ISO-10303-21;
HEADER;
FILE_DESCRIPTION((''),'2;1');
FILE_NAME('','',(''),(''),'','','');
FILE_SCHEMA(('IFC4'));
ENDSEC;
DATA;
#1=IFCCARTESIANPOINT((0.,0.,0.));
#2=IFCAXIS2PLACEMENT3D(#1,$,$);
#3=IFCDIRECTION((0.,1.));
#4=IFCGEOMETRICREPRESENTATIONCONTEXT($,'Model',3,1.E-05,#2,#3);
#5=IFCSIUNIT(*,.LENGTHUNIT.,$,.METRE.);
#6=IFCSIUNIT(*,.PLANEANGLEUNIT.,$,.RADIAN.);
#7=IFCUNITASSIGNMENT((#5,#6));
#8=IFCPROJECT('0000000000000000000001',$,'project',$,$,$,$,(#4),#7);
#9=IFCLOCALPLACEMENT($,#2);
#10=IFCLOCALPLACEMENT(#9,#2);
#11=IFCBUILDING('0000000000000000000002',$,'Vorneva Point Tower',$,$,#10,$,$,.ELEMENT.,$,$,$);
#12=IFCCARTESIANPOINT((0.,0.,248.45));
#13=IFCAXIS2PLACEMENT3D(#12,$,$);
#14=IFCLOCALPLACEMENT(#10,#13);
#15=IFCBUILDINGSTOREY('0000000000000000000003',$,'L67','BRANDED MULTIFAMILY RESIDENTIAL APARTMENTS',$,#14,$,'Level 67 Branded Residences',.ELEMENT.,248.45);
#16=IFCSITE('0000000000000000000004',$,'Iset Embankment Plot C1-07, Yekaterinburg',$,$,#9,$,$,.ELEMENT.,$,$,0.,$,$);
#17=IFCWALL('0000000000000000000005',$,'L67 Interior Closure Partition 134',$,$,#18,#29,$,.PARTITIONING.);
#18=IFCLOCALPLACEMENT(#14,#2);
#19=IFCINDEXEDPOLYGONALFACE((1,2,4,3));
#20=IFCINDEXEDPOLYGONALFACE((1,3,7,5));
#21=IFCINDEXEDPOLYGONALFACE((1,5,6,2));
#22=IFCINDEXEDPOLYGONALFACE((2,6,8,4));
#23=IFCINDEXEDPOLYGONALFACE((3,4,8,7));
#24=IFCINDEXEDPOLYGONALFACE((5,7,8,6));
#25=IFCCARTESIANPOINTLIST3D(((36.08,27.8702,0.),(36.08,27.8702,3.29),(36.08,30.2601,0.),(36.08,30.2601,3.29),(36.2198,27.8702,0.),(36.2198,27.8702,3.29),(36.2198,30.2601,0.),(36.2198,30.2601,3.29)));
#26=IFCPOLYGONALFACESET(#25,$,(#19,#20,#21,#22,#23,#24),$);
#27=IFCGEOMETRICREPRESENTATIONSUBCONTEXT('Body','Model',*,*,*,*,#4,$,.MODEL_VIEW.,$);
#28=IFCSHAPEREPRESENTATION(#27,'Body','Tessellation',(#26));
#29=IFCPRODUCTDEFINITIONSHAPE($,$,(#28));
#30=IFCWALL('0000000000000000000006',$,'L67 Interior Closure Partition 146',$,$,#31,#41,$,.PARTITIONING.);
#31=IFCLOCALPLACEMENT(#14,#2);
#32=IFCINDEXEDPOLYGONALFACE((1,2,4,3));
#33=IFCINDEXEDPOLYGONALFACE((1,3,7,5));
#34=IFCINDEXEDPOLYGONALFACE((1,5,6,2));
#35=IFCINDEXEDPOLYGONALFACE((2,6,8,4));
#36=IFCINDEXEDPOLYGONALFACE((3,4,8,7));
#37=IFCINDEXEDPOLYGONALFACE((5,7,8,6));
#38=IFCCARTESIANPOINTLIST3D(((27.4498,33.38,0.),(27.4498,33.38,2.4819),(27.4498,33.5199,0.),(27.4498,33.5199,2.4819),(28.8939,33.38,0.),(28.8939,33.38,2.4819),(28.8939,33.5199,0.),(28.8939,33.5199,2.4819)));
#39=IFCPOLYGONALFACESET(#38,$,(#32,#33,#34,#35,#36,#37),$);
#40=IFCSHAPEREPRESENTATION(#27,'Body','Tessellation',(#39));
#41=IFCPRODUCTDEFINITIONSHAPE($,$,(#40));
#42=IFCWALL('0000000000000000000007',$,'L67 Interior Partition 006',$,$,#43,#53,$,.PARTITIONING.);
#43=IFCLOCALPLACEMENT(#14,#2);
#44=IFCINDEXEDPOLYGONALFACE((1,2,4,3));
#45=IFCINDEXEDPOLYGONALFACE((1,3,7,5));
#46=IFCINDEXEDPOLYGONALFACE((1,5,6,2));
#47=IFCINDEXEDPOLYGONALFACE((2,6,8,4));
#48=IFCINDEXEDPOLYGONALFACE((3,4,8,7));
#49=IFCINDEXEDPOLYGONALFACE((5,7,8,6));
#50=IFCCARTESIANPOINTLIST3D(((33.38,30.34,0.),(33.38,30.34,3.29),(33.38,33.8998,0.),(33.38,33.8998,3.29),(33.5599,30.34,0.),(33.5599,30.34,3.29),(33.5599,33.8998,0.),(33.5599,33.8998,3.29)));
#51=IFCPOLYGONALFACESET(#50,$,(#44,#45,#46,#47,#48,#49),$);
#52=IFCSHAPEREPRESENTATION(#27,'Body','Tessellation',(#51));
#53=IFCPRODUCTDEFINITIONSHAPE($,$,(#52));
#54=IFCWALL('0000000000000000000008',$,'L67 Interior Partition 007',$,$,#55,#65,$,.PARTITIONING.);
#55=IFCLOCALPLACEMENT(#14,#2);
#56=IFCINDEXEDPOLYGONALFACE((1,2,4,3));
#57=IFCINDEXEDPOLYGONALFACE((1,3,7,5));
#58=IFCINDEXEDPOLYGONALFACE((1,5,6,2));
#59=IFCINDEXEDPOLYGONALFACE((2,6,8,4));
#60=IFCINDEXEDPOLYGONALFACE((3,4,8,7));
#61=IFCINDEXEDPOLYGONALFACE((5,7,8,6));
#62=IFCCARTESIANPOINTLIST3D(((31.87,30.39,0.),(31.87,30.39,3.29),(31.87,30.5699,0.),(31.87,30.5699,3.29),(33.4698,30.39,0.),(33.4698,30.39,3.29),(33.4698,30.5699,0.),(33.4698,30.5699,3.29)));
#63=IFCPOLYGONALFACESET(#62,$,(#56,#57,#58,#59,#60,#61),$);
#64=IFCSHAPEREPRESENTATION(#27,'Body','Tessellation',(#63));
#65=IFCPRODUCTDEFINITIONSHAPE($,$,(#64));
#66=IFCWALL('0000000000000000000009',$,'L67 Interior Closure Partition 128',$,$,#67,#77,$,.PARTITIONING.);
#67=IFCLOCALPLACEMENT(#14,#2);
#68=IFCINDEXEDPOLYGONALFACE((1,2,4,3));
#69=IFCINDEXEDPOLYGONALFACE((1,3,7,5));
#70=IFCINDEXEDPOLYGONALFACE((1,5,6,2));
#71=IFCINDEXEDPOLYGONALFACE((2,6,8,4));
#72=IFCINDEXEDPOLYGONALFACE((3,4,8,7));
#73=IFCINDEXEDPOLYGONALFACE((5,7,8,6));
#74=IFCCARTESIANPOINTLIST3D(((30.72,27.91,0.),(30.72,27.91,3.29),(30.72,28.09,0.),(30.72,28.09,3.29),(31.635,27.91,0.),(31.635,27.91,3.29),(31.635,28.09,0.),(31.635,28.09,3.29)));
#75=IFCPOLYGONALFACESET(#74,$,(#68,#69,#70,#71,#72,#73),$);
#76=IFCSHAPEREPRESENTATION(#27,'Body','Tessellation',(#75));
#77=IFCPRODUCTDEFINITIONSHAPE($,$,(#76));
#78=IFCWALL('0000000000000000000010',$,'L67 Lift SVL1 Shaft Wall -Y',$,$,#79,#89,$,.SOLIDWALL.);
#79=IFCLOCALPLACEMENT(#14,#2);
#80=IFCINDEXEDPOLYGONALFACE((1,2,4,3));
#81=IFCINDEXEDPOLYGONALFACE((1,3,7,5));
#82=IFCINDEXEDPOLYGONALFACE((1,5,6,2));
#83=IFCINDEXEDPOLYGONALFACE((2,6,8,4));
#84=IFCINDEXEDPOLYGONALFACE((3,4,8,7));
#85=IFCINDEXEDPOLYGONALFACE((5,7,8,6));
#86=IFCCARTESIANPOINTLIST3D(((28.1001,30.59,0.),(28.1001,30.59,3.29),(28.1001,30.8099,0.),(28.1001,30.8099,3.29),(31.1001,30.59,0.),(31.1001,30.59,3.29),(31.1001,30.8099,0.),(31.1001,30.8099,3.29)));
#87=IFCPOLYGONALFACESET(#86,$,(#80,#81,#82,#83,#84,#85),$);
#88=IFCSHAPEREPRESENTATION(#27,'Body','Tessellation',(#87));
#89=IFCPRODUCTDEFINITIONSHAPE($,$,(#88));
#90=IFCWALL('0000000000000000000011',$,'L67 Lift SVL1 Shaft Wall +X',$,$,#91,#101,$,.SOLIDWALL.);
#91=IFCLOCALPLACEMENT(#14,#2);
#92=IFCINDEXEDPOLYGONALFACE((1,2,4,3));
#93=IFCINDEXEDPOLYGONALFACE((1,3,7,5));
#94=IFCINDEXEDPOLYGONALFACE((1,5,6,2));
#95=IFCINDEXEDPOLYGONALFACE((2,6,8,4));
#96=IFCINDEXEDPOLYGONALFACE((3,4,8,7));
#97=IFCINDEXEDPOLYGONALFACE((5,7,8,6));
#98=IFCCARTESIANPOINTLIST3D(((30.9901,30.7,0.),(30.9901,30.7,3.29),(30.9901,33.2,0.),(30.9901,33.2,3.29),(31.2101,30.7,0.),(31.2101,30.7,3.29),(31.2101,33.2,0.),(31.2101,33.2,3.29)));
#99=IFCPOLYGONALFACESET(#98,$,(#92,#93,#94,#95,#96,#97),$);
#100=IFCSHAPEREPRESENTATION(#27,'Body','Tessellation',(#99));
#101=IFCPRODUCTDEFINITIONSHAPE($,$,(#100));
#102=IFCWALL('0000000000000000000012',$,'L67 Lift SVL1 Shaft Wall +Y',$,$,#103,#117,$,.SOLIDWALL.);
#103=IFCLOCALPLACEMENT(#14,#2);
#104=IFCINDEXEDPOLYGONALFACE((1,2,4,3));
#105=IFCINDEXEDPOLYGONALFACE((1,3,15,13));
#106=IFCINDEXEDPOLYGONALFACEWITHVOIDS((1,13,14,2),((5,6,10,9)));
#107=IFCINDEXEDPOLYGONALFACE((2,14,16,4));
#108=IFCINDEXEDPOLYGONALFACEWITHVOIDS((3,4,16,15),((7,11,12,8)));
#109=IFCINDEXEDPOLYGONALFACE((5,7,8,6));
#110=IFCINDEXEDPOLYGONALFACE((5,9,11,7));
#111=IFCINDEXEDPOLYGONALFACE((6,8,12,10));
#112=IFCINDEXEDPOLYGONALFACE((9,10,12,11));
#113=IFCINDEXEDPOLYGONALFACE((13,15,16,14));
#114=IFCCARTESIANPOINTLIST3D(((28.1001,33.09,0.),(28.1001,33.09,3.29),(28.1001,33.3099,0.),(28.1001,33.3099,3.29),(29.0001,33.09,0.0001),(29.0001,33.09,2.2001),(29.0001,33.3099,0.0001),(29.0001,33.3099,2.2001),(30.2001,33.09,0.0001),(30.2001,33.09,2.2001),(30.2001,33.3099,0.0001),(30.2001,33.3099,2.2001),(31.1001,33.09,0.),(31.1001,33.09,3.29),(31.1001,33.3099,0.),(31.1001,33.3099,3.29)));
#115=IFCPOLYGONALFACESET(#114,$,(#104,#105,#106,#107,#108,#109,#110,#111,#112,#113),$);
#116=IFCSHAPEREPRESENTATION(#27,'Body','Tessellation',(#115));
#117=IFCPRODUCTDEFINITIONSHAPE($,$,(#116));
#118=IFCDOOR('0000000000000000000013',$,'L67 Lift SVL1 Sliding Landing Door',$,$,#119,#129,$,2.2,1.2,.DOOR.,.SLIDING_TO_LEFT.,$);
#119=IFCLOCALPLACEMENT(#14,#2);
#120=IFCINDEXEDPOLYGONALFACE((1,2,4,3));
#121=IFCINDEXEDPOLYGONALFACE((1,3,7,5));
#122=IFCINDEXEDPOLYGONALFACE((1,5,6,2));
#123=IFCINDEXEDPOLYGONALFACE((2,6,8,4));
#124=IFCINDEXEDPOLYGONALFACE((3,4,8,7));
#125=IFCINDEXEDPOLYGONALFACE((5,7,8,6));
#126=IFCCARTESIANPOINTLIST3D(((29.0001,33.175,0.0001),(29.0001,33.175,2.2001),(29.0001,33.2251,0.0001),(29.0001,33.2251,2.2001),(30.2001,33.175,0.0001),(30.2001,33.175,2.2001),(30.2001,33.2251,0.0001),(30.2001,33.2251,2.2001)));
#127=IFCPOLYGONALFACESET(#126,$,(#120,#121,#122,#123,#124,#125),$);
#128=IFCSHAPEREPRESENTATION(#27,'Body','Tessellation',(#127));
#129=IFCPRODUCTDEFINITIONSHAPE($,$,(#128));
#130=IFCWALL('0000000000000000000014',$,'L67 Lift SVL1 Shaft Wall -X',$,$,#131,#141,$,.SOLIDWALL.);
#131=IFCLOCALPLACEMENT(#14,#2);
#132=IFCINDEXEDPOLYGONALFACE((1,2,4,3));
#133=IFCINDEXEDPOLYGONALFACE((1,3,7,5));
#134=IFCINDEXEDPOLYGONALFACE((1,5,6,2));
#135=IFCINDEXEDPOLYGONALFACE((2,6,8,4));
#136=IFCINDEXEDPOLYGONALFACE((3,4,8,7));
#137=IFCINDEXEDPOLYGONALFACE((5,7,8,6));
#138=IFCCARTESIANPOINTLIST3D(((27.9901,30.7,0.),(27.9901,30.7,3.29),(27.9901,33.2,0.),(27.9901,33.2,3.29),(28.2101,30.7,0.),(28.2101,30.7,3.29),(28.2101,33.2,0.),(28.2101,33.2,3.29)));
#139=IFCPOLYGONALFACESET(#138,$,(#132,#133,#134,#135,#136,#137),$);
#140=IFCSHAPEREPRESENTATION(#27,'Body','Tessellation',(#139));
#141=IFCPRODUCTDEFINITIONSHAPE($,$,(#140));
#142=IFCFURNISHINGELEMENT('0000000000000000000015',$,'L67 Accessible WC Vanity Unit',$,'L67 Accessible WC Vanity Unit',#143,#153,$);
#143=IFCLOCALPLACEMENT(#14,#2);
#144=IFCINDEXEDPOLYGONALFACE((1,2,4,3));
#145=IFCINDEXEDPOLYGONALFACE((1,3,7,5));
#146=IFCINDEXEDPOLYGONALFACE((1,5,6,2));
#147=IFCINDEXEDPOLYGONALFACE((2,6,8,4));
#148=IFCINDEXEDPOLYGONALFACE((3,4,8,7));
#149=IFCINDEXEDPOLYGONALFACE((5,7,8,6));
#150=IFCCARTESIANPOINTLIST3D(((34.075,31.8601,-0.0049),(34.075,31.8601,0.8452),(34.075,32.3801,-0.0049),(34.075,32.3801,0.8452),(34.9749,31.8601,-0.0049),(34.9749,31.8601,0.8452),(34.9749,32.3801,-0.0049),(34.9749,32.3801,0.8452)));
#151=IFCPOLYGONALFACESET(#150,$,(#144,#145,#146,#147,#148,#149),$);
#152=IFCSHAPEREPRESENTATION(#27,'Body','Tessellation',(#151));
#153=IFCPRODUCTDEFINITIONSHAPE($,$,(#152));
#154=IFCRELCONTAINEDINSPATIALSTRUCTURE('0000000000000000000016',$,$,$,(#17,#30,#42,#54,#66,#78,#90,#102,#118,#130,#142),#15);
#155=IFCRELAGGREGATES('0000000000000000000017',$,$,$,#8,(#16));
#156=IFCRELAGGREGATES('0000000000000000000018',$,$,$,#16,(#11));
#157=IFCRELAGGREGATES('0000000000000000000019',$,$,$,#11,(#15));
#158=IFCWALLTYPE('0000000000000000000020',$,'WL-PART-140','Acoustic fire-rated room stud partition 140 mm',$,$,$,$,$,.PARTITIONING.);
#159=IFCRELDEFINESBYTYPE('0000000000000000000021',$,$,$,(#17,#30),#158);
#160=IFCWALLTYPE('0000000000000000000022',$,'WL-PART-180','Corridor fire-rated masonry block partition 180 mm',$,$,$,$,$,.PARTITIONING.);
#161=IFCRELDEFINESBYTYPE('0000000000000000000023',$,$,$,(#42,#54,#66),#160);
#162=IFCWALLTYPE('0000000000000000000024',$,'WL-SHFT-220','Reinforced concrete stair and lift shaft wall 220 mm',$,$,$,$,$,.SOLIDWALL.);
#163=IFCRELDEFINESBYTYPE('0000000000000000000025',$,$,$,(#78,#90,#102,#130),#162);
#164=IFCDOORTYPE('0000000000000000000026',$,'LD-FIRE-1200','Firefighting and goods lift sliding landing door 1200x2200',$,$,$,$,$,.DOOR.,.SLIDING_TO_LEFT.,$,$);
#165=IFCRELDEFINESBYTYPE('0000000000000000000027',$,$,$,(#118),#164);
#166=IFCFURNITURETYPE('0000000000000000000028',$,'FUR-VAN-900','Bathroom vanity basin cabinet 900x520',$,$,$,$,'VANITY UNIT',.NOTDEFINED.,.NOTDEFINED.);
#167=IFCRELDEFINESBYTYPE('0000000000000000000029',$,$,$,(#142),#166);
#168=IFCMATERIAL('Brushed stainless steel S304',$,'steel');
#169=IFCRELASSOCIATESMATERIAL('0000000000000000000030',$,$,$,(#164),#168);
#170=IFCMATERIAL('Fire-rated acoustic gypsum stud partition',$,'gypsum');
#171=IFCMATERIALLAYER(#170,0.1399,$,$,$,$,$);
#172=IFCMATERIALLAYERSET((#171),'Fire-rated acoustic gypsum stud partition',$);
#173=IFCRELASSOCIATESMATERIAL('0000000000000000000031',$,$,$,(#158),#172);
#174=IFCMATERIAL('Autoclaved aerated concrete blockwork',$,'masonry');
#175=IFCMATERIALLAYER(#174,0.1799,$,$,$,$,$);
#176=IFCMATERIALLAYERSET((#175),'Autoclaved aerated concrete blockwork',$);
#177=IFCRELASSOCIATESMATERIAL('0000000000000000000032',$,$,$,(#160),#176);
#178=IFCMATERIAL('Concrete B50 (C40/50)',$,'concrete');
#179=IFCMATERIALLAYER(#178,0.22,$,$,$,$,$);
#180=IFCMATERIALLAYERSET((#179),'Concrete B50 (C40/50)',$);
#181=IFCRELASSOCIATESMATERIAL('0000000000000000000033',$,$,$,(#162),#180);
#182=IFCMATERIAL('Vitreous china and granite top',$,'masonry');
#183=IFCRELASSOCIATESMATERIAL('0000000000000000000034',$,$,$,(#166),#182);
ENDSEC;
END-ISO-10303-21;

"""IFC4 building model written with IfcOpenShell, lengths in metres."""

from ifc_helpers import new_model, si_unit, direction, frame, frame_2d, origin, origin_2d, place, context, subcontext, project, spatial, rectangle, extrude, material, layer, layer_set, type_object, element, fill, save


model = new_model("IFC4")

# Units and contexts
model_context = context("Model", 3, precision=1e-05, world=origin(), true_north=direction((0.0, 1.0)))
body_context = subcontext(model_context, "Body", "Model", "MODEL_VIEW")
ifc_project = project(units=[si_unit("LENGTHUNIT", "METRE"), si_unit("PLANEANGLEUNIT", "RADIAN")], contexts=[model_context])

# Site, building, storey
site_placement = place(None, origin())
site = spatial("IfcSite", under=ifc_project, at=site_placement, Name="Iset Embankment Plot C1-07, Yekaterinburg", CompositionType="ELEMENT", RefElevation=0.0)
building_placement = place(site_placement, origin())
building = spatial("IfcBuilding", under=site, at=building_placement, Name="Vorneva Point Tower", CompositionType="ELEMENT")
storey_placement = place(building_placement, frame((0.0, 0.0, 248.45)))
storey = spatial("IfcBuildingStorey", under=building, at=storey_placement, Name="L67", Description="BRANDED MULTIFAMILY RESIDENTIAL APARTMENTS", LongName="Level 67 Branded Residences", CompositionType="ELEMENT", Elevation=248.45)

# Shared definitions
ifc_material_1 = material(Name="Concrete B50 (C40/50)", Category="concrete")

# Shared definitions
ifc_material_2 = material(Name="Brushed stainless steel S304", Category="steel")
door_type_1 = type_object("IfcDoorType", Name="LD-FIRE-1200", Description="Firefighting and goods lift sliding landing door 1200x2200", OperationType="SLIDING_TO_LEFT", PredefinedType="DOOR", material=ifc_material_2)

# Walls
ifc_material_3 = material(Name="Fire-rated acoustic gypsum stud partition", Category="gypsum")
ifc_layer_1 = layer(ifc_material_3, 0.1399)
ifc_layer_set_1 = layer_set([ifc_layer_1], Name="Fire-rated acoustic gypsum stud partition")
wall_type_1 = type_object("IfcWallType", Name="WL-PART-140", Description="Acoustic fire-rated room stud partition 140 mm", PredefinedType="PARTITIONING", material=ifc_layer_set_1)
for number, where, z_axis, x_axis, name in (
    (1, (36.1499, 30.26, 0.0), (0.0, 0.0, 1.0), (0.0, -1.0, 0.0), "L67 Interior Closure Partition 134"),
):
    element("IfcWall", number, at=place(storey_placement, frame(where, z_axis=z_axis, x_axis=x_axis)), inside=storey, type_object=wall_type_1, Name=name, PredefinedType="PARTITIONING", context=body_context, shape_type="SweptSolid", body=[
        extrude(rectangle(XDim=2.3899, YDim=0.1399, at=frame_2d((1.1948, 0.0))), origin(), (0.0, 0.0, 1.0), 3.29),
    ])
wall_1_placement = place(storey_placement, frame((28.894, 33.45, 0.0), z_axis=(0.0, 0.0, 1.0), x_axis=(-1.0, 0.0, 0.0)))
element("IfcWall", 2, at=wall_1_placement, inside=storey, type_object=wall_type_1, Name="L67 Interior Closure Partition 146", PredefinedType="PARTITIONING", context=body_context, shape_type="SweptSolid", body=[
    extrude(rectangle(XDim=1.4441, YDim=0.1399, at=frame_2d((0.7222, 0.0))), origin(), (0.0, 0.0, 1.0), 2.4819),
])

# Shared definitions
ifc_material_4 = material(Name="Autoclaved aerated concrete blockwork", Category="masonry")
ifc_layer_2 = layer(ifc_material_4, 0.1799)
ifc_layer_set_2 = layer_set([ifc_layer_2], Name="Autoclaved aerated concrete blockwork")
wall_type_2 = type_object("IfcWallType", Name="WL-PART-180", Description="Corridor fire-rated masonry block partition 180 mm", PredefinedType="PARTITIONING", material=ifc_layer_set_2)

# Walls
wall_2_placement = place(storey_placement, frame((33.47, 30.3401, 0.0), z_axis=(0.0, 0.0, 1.0), x_axis=(0.0, 1.0, 0.0)))
element("IfcWall", 3, at=wall_2_placement, inside=storey, type_object=wall_type_2, Name="L67 Interior Partition 006", PredefinedType="PARTITIONING", context=body_context, shape_type="SweptSolid", body=[
    extrude(rectangle(XDim=3.5598, YDim=0.1799, at=frame_2d((1.7798, 0.0))), origin(), (0.0, 0.0, 1.0), 3.29),
])
wall_3_placement = place(storey_placement, frame((31.8701, 30.48, 0.0), z_axis=(0.0, 0.0, 1.0), x_axis=(1.0, 0.0, 0.0)))
element("IfcWall", 4, at=wall_3_placement, inside=storey, type_object=wall_type_2, Name="L67 Interior Partition 007", PredefinedType="PARTITIONING", context=body_context, shape_type="SweptSolid", body=[
    extrude(rectangle(XDim=1.5999, YDim=0.1799, at=frame_2d((0.7998, 0.0))), origin(), (0.0, 0.0, 1.0), 3.29),
])

# Walls
wall_4_placement = place(storey_placement, frame((31.635, 28.0, 0.0), z_axis=(0.0, 0.0, 1.0), x_axis=(-1.0, 0.0, 0.0)))
element("IfcWall", 5, at=wall_4_placement, inside=storey, type_object=wall_type_2, Name="L67 Interior Closure Partition 128", PredefinedType="PARTITIONING", context=body_context, shape_type="SweptSolid", body=[
    extrude(rectangle(XDim=0.915, YDim=0.1799, at=frame_2d((0.4575, 0.0))), origin(), (0.0, 0.0, 1.0), 3.29),
])
ifc_layer_3 = layer(ifc_material_1, 0.22)
ifc_layer_set_3 = layer_set([ifc_layer_3], Name="Concrete B50 (C40/50)")
wall_type_3 = type_object("IfcWallType", Name="WL-SHFT-220", Description="Reinforced concrete stair and lift shaft wall 220 mm", PredefinedType="SOLIDWALL", material=ifc_layer_set_3)
wall_5_placement = place(storey_placement, frame((28.1001, 30.7, 0.0), z_axis=(0.0, 0.0, 1.0), x_axis=(1.0, 0.0, 0.0)))
element("IfcWall", 6, at=wall_5_placement, inside=storey, type_object=wall_type_3, Name="L67 Lift SVL1 Shaft Wall -Y", PredefinedType="SOLIDWALL", context=body_context, shape_type="SweptSolid", body=[
    extrude(rectangle(XDim=3.0, YDim=0.22, at=frame_2d((1.5, 0.0))), origin(), (0.0, 0.0, 1.0), 3.29),
])
wall_6_placement = place(storey_placement, frame((31.1001, 30.7, 0.0), z_axis=(0.0, 0.0, 1.0), x_axis=(0.0, 1.0, 0.0)))
element("IfcWall", 7, at=wall_6_placement, inside=storey, type_object=wall_type_3, Name="L67 Lift SVL1 Shaft Wall +X", PredefinedType="SOLIDWALL", context=body_context, shape_type="SweptSolid", body=[
    extrude(rectangle(XDim=2.5, YDim=0.22, at=frame_2d((1.25, 0.0))), origin(), (0.0, 0.0, 1.0), 3.29),
])

# Wall, opening, door
wall_7_placement = place(storey_placement, frame((31.1001, 33.2, 0.0), z_axis=(0.0, 0.0, 1.0), x_axis=(-1.0, 0.0, 0.0)))
wall_7 = element("IfcWall", 8, at=wall_7_placement, inside=storey, type_object=wall_type_3, Name="L67 Lift SVL1 Shaft Wall +Y", PredefinedType="SOLIDWALL", context=body_context, shape_type="SweptSolid", body=[
    extrude(rectangle(XDim=3.0, YDim=0.22, at=frame_2d((1.5, 0.0))), origin(), (0.0, 0.0, 1.0), 3.29),
])
opening_1_placement = place(wall_7_placement, frame((0.8999, 0.0, 0.0)))
opening_1 = element("IfcOpeningElement", 9, at=opening_1_placement, cuts=wall_7, PredefinedType="OPENING", context=body_context, shape_type="SweptSolid", body=[
    extrude(rectangle(XDim=1.2, YDim=2.2, at=frame_2d((0.6001, 1.1001))), frame((0.0, 0.125, 0.0), z_axis=(0.0, -1.0, 0.0), x_axis=(1.0, 0.0, 0.0)), (0.0, 0.0, 1.0), 0.2498),
])
door_1_placement = place(opening_1_placement, origin())
door_1 = element("IfcDoor", 10, at=door_1_placement, inside=storey, type_object=door_type_1, Name="L67 Lift SVL1 Sliding Landing Door", OperationType="SLIDING_TO_LEFT", OverallHeight=2.2, OverallWidth=1.2, PredefinedType="DOOR", context=body_context, shape_type="SweptSolid", body=[
    extrude(rectangle(XDim=1.2, YDim=2.2, at=frame_2d((0.6001, 1.1001))), frame((0.0, 0.0249, 0.0), z_axis=(0.0, -1.0, 0.0), x_axis=(1.0, 0.0, 0.0)), (0.0, 0.0, 1.0), 0.05),
])
fill(opening_1, door_1)

# Wall
wall_8_placement = place(storey_placement, frame((28.1001, 33.2, 0.0), z_axis=(0.0, 0.0, 1.0), x_axis=(0.0, -1.0, 0.0)))
element("IfcWall", 11, at=wall_8_placement, inside=storey, type_object=wall_type_3, Name="L67 Lift SVL1 Shaft Wall -X", PredefinedType="SOLIDWALL", context=body_context, shape_type="SweptSolid", body=[
    extrude(rectangle(XDim=2.5, YDim=0.22, at=frame_2d((1.25, 0.0))), origin(), (0.0, 0.0, 1.0), 3.29),
])

# Furnishing element
ifc_material_5 = material(Name="Vitreous china and granite top", Category="masonry")
furniture_type = type_object("IfcFurnitureType", Name="FUR-VAN-900", Description="Bathroom vanity basin cabinet 900x520", ElementType="VANITY UNIT", AssemblyPlace="NOTDEFINED", PredefinedType="NOTDEFINED", material=ifc_material_5)
furnishing_placement = place(storey_placement, frame((34.5249, 32.1201, -0.0049), z_axis=(0.0, 0.0, 1.0), x_axis=(1.0, 0.0, 0.0)))
element("IfcFurnishingElement", 12, at=furnishing_placement, inside=storey, type_object=furniture_type, Name="L67 Accessible WC Vanity Unit", ObjectType="L67 Accessible WC Vanity Unit", context=body_context, shape_type="SweptSolid", body=[
    extrude(rectangle(XDim=0.8999, YDim=0.52, at=origin_2d()), origin(), (0.0, 0.0, 1.0), 0.8501),
])

save(model, "model.ifc")
